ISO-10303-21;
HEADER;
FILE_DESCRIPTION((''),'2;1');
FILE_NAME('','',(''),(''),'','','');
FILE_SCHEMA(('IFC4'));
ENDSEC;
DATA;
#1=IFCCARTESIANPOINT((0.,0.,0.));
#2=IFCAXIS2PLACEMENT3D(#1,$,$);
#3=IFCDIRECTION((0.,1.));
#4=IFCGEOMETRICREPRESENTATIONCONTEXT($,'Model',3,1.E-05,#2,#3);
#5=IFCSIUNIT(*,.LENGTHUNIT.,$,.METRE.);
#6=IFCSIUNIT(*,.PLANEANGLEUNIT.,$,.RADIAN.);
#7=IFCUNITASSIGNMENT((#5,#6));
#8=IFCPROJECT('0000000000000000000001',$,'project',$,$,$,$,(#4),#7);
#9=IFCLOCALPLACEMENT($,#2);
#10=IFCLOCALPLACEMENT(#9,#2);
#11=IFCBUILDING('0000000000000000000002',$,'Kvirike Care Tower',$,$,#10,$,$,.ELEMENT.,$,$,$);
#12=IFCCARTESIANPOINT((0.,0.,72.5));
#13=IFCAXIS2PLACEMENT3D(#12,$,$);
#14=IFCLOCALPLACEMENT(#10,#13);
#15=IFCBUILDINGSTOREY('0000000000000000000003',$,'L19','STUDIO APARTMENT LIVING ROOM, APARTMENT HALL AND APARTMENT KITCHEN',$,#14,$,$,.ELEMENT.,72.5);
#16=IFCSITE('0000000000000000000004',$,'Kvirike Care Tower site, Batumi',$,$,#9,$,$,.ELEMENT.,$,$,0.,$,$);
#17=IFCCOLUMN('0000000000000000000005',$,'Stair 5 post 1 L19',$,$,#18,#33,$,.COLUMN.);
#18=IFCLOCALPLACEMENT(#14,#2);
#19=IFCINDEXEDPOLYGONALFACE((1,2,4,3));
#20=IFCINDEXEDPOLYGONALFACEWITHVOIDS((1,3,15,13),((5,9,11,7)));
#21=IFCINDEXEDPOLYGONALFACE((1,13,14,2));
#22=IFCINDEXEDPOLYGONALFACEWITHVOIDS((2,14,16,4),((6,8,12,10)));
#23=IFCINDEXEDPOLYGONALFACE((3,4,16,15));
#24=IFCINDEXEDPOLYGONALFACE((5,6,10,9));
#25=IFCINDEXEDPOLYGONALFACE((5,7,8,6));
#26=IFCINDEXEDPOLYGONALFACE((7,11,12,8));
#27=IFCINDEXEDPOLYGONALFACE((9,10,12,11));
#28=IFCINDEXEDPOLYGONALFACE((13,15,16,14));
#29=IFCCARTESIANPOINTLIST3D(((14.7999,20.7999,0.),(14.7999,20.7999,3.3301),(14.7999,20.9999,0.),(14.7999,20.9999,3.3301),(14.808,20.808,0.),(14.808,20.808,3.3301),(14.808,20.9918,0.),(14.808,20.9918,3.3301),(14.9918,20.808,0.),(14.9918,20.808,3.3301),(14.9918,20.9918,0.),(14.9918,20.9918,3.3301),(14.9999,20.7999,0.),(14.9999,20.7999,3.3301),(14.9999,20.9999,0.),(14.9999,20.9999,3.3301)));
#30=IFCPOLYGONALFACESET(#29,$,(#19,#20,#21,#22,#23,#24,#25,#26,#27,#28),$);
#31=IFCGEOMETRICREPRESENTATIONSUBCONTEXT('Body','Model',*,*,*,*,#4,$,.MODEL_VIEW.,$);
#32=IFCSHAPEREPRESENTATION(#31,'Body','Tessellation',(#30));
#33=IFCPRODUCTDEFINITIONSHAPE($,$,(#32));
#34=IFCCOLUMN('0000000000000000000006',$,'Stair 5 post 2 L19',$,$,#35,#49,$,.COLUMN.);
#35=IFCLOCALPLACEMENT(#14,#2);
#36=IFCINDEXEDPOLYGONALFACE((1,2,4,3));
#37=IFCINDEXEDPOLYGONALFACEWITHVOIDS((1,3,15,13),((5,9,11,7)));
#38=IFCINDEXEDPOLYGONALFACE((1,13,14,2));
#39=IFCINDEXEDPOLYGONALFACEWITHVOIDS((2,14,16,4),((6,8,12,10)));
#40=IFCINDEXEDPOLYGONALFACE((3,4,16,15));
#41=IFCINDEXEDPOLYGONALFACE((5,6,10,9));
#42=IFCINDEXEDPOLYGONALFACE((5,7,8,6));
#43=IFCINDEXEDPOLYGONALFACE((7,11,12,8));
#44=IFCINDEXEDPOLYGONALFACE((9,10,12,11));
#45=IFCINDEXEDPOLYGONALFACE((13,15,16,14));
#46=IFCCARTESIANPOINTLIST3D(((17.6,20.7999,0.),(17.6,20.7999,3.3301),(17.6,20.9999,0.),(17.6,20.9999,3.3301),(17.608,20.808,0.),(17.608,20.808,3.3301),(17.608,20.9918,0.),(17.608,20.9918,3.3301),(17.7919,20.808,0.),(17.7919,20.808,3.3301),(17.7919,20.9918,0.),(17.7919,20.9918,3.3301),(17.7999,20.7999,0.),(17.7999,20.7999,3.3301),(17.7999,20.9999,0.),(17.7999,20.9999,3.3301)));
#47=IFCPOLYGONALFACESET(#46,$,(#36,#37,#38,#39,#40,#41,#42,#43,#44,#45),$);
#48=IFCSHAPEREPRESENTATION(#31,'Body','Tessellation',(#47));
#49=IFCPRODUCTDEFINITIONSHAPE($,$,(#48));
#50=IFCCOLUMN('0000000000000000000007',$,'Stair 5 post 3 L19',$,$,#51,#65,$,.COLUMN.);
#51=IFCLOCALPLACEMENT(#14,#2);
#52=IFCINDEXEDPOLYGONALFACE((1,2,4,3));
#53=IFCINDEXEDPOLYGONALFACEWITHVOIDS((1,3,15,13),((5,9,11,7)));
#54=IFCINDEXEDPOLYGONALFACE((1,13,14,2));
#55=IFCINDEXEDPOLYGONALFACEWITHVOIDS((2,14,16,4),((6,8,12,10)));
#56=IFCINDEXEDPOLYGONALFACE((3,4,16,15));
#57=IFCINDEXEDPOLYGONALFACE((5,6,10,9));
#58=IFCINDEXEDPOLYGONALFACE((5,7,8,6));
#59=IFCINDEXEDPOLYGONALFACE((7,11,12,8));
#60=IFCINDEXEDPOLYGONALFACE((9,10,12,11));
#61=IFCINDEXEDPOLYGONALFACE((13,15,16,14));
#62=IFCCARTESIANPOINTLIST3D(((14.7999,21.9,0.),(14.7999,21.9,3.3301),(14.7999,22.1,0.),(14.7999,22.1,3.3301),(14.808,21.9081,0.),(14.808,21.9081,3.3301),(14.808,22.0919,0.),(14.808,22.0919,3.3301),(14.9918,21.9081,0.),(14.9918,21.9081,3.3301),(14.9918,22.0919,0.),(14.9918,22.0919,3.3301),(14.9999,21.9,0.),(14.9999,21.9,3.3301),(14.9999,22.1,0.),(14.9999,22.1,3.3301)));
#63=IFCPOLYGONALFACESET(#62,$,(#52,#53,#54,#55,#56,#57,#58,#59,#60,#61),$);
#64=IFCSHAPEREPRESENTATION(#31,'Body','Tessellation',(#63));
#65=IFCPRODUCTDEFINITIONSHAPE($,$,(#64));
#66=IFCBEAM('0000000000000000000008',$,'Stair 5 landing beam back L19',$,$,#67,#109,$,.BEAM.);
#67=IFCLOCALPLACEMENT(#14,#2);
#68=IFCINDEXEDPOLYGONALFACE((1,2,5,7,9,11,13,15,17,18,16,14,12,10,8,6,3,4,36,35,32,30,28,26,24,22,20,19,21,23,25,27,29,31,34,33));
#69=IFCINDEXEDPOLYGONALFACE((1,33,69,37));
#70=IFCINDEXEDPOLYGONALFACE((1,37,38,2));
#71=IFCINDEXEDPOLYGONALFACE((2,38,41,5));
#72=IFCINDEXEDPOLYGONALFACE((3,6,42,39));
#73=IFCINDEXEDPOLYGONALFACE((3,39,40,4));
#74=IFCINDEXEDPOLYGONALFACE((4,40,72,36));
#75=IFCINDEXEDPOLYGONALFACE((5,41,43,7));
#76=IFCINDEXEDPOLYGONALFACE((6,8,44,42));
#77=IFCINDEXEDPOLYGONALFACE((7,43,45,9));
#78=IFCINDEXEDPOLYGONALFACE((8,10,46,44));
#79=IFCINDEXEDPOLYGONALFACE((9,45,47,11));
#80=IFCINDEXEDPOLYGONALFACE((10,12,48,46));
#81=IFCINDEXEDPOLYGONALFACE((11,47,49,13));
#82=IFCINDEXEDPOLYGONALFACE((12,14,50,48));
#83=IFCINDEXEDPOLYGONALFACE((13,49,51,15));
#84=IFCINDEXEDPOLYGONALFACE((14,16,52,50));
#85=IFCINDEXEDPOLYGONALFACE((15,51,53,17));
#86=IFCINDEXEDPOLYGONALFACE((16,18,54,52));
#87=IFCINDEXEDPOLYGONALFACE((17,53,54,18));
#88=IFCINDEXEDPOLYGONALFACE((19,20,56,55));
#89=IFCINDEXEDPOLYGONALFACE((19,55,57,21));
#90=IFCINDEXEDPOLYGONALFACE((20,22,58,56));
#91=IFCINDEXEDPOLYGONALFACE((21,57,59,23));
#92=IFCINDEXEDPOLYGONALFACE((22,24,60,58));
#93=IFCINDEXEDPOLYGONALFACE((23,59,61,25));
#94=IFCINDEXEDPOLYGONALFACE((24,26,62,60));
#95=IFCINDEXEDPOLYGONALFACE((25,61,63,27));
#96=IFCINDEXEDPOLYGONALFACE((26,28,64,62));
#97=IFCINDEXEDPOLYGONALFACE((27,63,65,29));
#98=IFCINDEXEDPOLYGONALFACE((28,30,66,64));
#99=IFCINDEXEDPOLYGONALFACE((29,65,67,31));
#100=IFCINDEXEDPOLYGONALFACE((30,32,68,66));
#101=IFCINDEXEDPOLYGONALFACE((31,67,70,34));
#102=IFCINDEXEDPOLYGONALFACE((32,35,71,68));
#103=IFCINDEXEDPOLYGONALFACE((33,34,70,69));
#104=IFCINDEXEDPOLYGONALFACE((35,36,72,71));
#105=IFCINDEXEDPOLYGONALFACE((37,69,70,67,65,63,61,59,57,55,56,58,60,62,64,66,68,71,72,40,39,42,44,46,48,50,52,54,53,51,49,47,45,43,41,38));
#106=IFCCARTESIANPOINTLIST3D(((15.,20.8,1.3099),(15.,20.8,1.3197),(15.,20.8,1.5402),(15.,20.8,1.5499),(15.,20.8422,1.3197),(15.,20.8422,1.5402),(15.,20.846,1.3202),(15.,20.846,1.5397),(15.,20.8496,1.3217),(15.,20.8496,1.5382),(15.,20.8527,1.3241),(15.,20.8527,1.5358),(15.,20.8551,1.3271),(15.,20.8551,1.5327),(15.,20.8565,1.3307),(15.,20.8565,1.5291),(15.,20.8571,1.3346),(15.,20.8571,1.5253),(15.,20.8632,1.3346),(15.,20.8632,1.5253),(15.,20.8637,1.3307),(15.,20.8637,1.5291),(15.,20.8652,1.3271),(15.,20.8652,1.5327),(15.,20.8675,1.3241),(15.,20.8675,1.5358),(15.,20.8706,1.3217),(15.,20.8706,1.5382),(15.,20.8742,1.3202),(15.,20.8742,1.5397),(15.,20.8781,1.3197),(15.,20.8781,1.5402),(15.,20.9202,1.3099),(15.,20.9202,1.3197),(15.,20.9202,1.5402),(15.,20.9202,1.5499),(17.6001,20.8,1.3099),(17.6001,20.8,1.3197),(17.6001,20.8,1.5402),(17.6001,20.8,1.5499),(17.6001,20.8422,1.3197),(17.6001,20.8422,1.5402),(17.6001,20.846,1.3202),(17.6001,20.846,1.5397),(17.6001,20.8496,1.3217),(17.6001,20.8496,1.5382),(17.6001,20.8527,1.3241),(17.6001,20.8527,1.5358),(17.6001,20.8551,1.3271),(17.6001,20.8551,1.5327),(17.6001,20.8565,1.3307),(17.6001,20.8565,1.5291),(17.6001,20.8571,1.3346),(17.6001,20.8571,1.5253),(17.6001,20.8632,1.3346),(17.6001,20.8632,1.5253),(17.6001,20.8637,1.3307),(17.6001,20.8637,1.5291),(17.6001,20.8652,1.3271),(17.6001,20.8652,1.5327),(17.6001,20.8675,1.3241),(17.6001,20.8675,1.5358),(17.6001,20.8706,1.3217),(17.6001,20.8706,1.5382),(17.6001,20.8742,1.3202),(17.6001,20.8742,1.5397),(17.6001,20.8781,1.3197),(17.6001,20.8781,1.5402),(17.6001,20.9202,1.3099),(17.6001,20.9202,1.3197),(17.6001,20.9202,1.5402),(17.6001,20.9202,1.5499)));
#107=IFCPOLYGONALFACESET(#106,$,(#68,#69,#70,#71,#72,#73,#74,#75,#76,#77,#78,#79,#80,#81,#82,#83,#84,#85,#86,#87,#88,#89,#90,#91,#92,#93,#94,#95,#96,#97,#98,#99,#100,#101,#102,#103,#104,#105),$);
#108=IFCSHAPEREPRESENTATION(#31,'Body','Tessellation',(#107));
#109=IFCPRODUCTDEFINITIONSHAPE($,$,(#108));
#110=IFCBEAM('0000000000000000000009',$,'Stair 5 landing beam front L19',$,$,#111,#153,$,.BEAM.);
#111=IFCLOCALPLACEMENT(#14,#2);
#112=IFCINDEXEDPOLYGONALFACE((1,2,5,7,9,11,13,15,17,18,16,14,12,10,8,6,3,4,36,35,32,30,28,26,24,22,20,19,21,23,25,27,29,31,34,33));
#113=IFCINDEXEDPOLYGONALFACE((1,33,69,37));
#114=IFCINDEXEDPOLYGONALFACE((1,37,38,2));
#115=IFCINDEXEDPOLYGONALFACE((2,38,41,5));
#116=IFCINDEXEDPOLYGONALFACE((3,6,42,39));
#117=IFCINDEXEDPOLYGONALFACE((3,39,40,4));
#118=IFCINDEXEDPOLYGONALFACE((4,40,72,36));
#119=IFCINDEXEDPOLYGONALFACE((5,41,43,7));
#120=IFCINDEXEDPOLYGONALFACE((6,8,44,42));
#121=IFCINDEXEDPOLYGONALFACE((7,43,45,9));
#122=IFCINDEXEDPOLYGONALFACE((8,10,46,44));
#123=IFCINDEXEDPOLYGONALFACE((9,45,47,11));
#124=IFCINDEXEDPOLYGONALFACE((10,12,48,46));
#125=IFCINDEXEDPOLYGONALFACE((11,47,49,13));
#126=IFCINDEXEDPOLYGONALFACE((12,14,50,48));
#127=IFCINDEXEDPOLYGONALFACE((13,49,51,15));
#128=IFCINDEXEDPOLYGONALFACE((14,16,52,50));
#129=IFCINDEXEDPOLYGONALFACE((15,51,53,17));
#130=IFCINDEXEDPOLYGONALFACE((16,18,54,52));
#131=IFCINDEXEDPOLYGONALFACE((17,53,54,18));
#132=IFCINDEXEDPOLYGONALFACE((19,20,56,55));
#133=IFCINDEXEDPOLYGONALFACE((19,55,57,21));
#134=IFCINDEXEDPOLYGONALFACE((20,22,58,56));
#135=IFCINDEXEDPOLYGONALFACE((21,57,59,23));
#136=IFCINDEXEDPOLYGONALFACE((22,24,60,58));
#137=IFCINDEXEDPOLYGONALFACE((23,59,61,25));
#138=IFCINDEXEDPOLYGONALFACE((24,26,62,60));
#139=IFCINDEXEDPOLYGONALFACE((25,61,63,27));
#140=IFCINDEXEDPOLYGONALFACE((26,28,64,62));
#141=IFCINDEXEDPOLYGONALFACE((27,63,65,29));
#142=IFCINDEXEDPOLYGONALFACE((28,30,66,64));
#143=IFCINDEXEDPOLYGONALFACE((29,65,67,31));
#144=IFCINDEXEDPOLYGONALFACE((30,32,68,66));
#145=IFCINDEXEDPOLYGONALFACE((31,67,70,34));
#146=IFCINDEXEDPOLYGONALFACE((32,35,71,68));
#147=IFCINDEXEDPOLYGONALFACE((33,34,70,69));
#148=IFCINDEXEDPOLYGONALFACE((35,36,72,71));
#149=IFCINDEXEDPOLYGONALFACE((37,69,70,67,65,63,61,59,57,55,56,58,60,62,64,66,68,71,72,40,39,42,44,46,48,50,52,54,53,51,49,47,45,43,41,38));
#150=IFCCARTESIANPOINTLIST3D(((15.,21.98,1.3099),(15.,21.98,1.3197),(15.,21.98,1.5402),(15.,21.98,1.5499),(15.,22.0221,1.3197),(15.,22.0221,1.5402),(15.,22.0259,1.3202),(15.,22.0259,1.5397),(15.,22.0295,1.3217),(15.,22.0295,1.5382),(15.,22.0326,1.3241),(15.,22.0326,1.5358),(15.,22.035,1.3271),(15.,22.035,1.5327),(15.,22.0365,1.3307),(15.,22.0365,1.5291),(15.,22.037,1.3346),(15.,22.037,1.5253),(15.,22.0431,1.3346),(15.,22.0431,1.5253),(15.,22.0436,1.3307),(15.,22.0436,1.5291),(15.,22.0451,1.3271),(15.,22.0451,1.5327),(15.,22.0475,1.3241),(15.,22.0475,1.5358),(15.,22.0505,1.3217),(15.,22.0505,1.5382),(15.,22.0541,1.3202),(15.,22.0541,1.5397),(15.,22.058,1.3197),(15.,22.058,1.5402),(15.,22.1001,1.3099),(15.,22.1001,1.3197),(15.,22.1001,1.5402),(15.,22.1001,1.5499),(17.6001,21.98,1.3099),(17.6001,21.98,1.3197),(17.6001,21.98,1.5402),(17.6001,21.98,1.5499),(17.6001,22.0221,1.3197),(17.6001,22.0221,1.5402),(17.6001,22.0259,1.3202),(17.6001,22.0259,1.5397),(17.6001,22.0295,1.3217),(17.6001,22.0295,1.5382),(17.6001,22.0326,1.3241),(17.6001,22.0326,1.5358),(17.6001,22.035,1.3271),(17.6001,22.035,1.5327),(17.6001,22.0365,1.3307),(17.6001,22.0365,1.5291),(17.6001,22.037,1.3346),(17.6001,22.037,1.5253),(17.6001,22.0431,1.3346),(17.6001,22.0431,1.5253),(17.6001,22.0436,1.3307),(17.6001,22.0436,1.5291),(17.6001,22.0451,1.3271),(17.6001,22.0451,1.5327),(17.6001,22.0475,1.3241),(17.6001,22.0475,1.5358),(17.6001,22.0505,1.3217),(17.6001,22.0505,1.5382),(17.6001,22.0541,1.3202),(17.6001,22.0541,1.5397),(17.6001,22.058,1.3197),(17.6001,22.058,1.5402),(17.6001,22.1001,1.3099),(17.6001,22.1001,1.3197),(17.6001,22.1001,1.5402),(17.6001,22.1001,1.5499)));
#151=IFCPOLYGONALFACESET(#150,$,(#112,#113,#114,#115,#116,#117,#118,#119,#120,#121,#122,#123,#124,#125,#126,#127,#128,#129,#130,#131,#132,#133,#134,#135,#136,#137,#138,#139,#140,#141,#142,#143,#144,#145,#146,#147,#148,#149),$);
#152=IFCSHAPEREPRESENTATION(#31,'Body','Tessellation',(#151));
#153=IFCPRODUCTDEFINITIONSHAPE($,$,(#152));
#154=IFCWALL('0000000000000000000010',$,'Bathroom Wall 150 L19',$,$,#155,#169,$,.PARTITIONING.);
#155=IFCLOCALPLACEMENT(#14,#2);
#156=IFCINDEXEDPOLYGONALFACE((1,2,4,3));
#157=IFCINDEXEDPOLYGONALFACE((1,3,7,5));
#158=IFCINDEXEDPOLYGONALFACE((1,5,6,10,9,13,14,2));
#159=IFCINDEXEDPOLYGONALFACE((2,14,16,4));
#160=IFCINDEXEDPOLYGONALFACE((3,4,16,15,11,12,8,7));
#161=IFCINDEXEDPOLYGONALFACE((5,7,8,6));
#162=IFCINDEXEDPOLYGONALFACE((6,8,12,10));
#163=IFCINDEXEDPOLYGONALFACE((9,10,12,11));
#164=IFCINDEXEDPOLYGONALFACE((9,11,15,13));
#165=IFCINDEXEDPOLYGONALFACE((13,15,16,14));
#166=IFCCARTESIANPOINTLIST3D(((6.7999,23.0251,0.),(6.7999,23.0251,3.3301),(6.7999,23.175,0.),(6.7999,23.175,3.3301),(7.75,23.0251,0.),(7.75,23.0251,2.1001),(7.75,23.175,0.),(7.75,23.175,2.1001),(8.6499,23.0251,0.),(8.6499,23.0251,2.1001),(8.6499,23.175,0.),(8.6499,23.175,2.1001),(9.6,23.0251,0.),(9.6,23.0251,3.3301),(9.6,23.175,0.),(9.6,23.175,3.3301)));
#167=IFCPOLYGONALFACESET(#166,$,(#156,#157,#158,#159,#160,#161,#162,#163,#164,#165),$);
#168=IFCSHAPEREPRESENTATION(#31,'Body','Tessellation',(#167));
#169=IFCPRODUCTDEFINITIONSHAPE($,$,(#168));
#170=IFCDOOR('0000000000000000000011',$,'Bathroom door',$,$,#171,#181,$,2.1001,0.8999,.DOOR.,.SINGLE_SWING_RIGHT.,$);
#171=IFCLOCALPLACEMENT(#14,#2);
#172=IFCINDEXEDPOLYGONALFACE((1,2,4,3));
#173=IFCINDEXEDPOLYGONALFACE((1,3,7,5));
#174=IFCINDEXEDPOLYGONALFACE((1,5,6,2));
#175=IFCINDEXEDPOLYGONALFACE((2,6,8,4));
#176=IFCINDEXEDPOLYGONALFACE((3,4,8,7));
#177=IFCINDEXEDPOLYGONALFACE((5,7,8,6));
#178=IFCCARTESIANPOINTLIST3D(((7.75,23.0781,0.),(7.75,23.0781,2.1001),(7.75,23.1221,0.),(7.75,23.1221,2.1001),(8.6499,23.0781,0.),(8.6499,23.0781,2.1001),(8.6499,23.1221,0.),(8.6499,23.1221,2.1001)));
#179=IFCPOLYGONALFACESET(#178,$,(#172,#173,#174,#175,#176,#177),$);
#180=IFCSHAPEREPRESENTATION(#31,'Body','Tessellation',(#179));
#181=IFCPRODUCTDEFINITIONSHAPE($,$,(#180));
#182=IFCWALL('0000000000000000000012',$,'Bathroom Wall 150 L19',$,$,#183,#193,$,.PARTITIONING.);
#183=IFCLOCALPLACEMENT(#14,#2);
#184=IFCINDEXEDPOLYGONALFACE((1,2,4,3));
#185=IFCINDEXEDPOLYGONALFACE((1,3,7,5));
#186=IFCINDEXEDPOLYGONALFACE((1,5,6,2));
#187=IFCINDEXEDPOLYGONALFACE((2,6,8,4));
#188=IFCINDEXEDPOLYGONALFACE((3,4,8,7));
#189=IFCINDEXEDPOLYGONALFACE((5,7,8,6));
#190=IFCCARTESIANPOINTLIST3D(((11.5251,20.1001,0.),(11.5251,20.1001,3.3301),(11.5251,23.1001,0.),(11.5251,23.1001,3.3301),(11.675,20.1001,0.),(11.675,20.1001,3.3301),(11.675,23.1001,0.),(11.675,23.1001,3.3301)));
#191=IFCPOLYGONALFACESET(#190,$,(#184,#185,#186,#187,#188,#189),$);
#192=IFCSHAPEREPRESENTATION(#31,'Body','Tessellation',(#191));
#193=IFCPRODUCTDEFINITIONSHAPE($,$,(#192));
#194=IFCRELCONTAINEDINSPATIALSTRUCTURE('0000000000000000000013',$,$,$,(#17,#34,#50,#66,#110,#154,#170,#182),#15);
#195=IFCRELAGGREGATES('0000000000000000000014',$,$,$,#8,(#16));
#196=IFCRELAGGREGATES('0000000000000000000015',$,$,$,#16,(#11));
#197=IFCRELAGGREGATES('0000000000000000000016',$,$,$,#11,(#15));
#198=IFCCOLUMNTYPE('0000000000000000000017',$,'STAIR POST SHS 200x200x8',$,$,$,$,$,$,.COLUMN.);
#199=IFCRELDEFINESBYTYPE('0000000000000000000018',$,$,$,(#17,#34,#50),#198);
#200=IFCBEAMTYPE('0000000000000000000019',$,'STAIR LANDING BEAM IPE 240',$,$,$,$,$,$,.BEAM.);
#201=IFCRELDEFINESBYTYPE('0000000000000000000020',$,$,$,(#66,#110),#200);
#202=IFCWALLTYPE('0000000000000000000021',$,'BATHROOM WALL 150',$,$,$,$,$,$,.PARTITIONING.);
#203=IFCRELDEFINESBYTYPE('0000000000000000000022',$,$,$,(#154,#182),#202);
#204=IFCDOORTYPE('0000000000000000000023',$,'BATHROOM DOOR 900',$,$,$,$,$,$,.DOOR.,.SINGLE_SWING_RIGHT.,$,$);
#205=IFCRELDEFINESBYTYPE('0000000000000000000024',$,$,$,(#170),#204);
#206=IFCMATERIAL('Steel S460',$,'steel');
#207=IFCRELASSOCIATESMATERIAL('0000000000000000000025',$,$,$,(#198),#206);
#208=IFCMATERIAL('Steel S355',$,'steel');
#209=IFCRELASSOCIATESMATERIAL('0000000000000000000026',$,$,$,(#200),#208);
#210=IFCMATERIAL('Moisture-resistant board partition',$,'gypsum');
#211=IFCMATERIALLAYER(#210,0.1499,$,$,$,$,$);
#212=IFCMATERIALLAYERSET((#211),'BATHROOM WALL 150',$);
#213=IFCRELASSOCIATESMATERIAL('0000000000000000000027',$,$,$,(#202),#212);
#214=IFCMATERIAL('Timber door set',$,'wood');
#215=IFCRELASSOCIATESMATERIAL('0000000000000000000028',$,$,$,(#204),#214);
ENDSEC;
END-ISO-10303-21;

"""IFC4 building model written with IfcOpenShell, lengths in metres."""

from ifc_helpers import new_model, si_unit, direction, frame, frame_2d, origin, origin_2d, place, context, subcontext, project, spatial, rectangle, hollow_rectangle, i_section, extrude, material, layer, layer_set, material_profile, profile_set, type_object, element, fill, save


model = new_model("IFC4")

# Units and contexts
model_context = context("Model", 3, precision=1e-05, world=origin(), true_north=direction((0.0, 1.0)))
body_context = subcontext(model_context, "Body", "Model", "MODEL_VIEW")
ifc_project = project(units=[si_unit("LENGTHUNIT", "METRE"), si_unit("PLANEANGLEUNIT", "RADIAN")], contexts=[model_context])

# Site, building, storey
site_placement = place(None, origin())
site = spatial("IfcSite", under=ifc_project, at=site_placement, Name="Kvirike Care Tower site, Batumi", CompositionType="ELEMENT", RefElevation=0.0)
building_placement = place(site_placement, origin())
building = spatial("IfcBuilding", under=site, at=building_placement, Name="Kvirike Care Tower", CompositionType="ELEMENT")
storey_placement = place(building_placement, frame((0.0, 0.0, 72.5)))
storey = spatial("IfcBuildingStorey", under=building, at=storey_placement, Name="L19", Description="STUDIO APARTMENT LIVING ROOM, APARTMENT HALL AND APARTMENT KITCHEN", CompositionType="ELEMENT", Elevation=72.5)

# Columns
ifc_material_1 = material(Name="Steel S460", Category="steel")
ifc_material_profile_1 = material_profile(ifc_material_1, hollow_rectangle(XDim=0.2, YDim=0.2, WallThickness=0.0081, at=origin_2d()), Name="SHS 200x200x8")
ifc_profile_set_1 = profile_set([ifc_material_profile_1], Name="Steel S460")
column_type = type_object("IfcColumnType", Name="STAIR POST SHS 200x200x8", PredefinedType="COLUMN", material=ifc_profile_set_1)
for number, where, z_axis, x_axis, name in (
    (1, (14.8999, 20.8999, 0.0), (0.0, 0.0, 1.0), (1.0, 0.0, 0.0), "Stair 5 post 1 L19"),
    (2, (17.7, 20.8999, 0.0), (0.0, 0.0, 1.0), (1.0, 0.0, 0.0), "Stair 5 post 2 L19"),
    (3, (14.8999, 22.0, 0.0), (0.0, 0.0, 1.0), (1.0, 0.0, 0.0), "Stair 5 post 3 L19"),
):
    element("IfcColumn", number, at=place(storey_placement, frame(where, z_axis=z_axis, x_axis=x_axis)), inside=storey, type_object=column_type, Name=name, PredefinedType="COLUMN", context=body_context, shape_type="SweptSolid", body=[
        extrude(hollow_rectangle(XDim=0.2, YDim=0.2, WallThickness=0.0081, at=origin_2d()), origin(), (0.0, 0.0, 1.0), 3.3301),
    ])

# Beams
ifc_material_2 = material(Name="Steel S355", Category="steel")
ifc_material_profile_2 = material_profile(ifc_material_2, i_section(OverallWidth=0.1201, OverallDepth=0.24, WebThickness=0.0061, FlangeThickness=0.0098, FilletRadius=0.0149, at=origin_2d()), Name="IPE 240")
ifc_profile_set_2 = profile_set([ifc_material_profile_2], Name="Steel S355")
beam_type = type_object("IfcBeamType", Name="STAIR LANDING BEAM IPE 240", PredefinedType="BEAM", material=ifc_profile_set_2)
for number, where, z_axis, x_axis, name in (
    (4, (15.0, 20.8601, 1.4299), (1.0, 0.0, 0.0), (0.0, 1.0, 0.0), "Stair 5 landing beam back L19"),
    (5, (15.0, 22.04, 1.4299), (1.0, 0.0, 0.0), (0.0, 1.0, 0.0), "Stair 5 landing beam front L19"),
):
    element("IfcBeam", number, at=place(storey_placement, frame(where, z_axis=z_axis, x_axis=x_axis)), inside=storey, type_object=beam_type, Name=name, PredefinedType="BEAM", context=body_context, shape_type="SweptSolid", body=[
        extrude(i_section(OverallWidth=0.1201, OverallDepth=0.24, WebThickness=0.0061, FlangeThickness=0.0098, FilletRadius=0.0149, at=origin_2d()), origin(), (0.0, 0.0, 1.0), 2.6001),
    ])

# Wall, opening, door
ifc_material_3 = material(Name="Moisture-resistant board partition", Category="gypsum")
ifc_layer_1 = layer(ifc_material_3, 0.1499)
ifc_layer_set_1 = layer_set([ifc_layer_1], Name="BATHROOM WALL 150")
wall_type_1 = type_object("IfcWallType", Name="BATHROOM WALL 150", PredefinedType="PARTITIONING", material=ifc_layer_set_1)
wall_1_placement = place(storey_placement, frame((6.8, 23.1001, 0.0), z_axis=(0.0, 0.0, 1.0), x_axis=(1.0, 0.0, 0.0)))
wall_1 = element("IfcWall", 6, at=wall_1_placement, inside=storey, type_object=wall_type_1, Name="Bathroom Wall 150 L19", PredefinedType="PARTITIONING", context=body_context, shape_type="SweptSolid", body=[
    extrude(rectangle(XDim=2.8, YDim=0.1499, at=frame_2d((1.3999, 0.0))), origin(), (0.0, 0.0, 1.0), 3.3301),
])
opening_1_placement = place(wall_1_placement, frame((0.95, 0.0, 0.0)))
opening_1 = element("IfcOpeningElement", 7, at=opening_1_placement, cuts=wall_1, PredefinedType="OPENING", context=body_context, shape_type="SweptSolid", body=[
    extrude(rectangle(XDim=0.8999, YDim=2.1001, at=frame_2d((0.45, 1.05))), frame((0.0, 0.0854, 0.0), z_axis=(0.0, -1.0, 0.0), x_axis=(1.0, 0.0, 0.0)), (0.0, 0.0, 1.0), 0.1709),
])
ifc_material_4 = material(Name="Timber door set", Category="wood")
door_type_1 = type_object("IfcDoorType", Name="BATHROOM DOOR 900", OperationType="SINGLE_SWING_RIGHT", PredefinedType="DOOR", material=ifc_material_4)
door_1_placement = place(opening_1_placement, frame((0.8999, 0.0, 0.0), z_axis=(0.0, 0.0, 1.0), x_axis=(-1.0, 0.0, 0.0)))
door_1 = element("IfcDoor", 8, at=door_1_placement, inside=storey, type_object=door_type_1, Name="Bathroom door", OperationType="SINGLE_SWING_RIGHT", OverallHeight=2.1001, OverallWidth=0.8999, PredefinedType="DOOR", context=body_context, shape_type="SweptSolid", body=[
    extrude(rectangle(XDim=0.8999, YDim=2.1001, at=frame_2d((0.45, 1.05))), frame((0.0, 0.022, 0.0), z_axis=(0.0, -1.0, 0.0), x_axis=(1.0, 0.0, 0.0)), (0.0, 0.0, 1.0), 0.0439),
])
fill(opening_1, door_1)

# Wall
wall_2_placement = place(storey_placement, frame((11.6001, 20.1001, 0.0), z_axis=(0.0, 0.0, 1.0), x_axis=(0.0, 1.0, 0.0)))
element("IfcWall", 9, at=wall_2_placement, inside=storey, type_object=wall_type_1, Name="Bathroom Wall 150 L19", PredefinedType="PARTITIONING", context=body_context, shape_type="SweptSolid", body=[
    extrude(rectangle(XDim=3.0, YDim=0.1499, at=frame_2d((1.5, 0.0))), origin(), (0.0, 0.0, 1.0), 3.3301),
])

save(model, "model.ifc")
